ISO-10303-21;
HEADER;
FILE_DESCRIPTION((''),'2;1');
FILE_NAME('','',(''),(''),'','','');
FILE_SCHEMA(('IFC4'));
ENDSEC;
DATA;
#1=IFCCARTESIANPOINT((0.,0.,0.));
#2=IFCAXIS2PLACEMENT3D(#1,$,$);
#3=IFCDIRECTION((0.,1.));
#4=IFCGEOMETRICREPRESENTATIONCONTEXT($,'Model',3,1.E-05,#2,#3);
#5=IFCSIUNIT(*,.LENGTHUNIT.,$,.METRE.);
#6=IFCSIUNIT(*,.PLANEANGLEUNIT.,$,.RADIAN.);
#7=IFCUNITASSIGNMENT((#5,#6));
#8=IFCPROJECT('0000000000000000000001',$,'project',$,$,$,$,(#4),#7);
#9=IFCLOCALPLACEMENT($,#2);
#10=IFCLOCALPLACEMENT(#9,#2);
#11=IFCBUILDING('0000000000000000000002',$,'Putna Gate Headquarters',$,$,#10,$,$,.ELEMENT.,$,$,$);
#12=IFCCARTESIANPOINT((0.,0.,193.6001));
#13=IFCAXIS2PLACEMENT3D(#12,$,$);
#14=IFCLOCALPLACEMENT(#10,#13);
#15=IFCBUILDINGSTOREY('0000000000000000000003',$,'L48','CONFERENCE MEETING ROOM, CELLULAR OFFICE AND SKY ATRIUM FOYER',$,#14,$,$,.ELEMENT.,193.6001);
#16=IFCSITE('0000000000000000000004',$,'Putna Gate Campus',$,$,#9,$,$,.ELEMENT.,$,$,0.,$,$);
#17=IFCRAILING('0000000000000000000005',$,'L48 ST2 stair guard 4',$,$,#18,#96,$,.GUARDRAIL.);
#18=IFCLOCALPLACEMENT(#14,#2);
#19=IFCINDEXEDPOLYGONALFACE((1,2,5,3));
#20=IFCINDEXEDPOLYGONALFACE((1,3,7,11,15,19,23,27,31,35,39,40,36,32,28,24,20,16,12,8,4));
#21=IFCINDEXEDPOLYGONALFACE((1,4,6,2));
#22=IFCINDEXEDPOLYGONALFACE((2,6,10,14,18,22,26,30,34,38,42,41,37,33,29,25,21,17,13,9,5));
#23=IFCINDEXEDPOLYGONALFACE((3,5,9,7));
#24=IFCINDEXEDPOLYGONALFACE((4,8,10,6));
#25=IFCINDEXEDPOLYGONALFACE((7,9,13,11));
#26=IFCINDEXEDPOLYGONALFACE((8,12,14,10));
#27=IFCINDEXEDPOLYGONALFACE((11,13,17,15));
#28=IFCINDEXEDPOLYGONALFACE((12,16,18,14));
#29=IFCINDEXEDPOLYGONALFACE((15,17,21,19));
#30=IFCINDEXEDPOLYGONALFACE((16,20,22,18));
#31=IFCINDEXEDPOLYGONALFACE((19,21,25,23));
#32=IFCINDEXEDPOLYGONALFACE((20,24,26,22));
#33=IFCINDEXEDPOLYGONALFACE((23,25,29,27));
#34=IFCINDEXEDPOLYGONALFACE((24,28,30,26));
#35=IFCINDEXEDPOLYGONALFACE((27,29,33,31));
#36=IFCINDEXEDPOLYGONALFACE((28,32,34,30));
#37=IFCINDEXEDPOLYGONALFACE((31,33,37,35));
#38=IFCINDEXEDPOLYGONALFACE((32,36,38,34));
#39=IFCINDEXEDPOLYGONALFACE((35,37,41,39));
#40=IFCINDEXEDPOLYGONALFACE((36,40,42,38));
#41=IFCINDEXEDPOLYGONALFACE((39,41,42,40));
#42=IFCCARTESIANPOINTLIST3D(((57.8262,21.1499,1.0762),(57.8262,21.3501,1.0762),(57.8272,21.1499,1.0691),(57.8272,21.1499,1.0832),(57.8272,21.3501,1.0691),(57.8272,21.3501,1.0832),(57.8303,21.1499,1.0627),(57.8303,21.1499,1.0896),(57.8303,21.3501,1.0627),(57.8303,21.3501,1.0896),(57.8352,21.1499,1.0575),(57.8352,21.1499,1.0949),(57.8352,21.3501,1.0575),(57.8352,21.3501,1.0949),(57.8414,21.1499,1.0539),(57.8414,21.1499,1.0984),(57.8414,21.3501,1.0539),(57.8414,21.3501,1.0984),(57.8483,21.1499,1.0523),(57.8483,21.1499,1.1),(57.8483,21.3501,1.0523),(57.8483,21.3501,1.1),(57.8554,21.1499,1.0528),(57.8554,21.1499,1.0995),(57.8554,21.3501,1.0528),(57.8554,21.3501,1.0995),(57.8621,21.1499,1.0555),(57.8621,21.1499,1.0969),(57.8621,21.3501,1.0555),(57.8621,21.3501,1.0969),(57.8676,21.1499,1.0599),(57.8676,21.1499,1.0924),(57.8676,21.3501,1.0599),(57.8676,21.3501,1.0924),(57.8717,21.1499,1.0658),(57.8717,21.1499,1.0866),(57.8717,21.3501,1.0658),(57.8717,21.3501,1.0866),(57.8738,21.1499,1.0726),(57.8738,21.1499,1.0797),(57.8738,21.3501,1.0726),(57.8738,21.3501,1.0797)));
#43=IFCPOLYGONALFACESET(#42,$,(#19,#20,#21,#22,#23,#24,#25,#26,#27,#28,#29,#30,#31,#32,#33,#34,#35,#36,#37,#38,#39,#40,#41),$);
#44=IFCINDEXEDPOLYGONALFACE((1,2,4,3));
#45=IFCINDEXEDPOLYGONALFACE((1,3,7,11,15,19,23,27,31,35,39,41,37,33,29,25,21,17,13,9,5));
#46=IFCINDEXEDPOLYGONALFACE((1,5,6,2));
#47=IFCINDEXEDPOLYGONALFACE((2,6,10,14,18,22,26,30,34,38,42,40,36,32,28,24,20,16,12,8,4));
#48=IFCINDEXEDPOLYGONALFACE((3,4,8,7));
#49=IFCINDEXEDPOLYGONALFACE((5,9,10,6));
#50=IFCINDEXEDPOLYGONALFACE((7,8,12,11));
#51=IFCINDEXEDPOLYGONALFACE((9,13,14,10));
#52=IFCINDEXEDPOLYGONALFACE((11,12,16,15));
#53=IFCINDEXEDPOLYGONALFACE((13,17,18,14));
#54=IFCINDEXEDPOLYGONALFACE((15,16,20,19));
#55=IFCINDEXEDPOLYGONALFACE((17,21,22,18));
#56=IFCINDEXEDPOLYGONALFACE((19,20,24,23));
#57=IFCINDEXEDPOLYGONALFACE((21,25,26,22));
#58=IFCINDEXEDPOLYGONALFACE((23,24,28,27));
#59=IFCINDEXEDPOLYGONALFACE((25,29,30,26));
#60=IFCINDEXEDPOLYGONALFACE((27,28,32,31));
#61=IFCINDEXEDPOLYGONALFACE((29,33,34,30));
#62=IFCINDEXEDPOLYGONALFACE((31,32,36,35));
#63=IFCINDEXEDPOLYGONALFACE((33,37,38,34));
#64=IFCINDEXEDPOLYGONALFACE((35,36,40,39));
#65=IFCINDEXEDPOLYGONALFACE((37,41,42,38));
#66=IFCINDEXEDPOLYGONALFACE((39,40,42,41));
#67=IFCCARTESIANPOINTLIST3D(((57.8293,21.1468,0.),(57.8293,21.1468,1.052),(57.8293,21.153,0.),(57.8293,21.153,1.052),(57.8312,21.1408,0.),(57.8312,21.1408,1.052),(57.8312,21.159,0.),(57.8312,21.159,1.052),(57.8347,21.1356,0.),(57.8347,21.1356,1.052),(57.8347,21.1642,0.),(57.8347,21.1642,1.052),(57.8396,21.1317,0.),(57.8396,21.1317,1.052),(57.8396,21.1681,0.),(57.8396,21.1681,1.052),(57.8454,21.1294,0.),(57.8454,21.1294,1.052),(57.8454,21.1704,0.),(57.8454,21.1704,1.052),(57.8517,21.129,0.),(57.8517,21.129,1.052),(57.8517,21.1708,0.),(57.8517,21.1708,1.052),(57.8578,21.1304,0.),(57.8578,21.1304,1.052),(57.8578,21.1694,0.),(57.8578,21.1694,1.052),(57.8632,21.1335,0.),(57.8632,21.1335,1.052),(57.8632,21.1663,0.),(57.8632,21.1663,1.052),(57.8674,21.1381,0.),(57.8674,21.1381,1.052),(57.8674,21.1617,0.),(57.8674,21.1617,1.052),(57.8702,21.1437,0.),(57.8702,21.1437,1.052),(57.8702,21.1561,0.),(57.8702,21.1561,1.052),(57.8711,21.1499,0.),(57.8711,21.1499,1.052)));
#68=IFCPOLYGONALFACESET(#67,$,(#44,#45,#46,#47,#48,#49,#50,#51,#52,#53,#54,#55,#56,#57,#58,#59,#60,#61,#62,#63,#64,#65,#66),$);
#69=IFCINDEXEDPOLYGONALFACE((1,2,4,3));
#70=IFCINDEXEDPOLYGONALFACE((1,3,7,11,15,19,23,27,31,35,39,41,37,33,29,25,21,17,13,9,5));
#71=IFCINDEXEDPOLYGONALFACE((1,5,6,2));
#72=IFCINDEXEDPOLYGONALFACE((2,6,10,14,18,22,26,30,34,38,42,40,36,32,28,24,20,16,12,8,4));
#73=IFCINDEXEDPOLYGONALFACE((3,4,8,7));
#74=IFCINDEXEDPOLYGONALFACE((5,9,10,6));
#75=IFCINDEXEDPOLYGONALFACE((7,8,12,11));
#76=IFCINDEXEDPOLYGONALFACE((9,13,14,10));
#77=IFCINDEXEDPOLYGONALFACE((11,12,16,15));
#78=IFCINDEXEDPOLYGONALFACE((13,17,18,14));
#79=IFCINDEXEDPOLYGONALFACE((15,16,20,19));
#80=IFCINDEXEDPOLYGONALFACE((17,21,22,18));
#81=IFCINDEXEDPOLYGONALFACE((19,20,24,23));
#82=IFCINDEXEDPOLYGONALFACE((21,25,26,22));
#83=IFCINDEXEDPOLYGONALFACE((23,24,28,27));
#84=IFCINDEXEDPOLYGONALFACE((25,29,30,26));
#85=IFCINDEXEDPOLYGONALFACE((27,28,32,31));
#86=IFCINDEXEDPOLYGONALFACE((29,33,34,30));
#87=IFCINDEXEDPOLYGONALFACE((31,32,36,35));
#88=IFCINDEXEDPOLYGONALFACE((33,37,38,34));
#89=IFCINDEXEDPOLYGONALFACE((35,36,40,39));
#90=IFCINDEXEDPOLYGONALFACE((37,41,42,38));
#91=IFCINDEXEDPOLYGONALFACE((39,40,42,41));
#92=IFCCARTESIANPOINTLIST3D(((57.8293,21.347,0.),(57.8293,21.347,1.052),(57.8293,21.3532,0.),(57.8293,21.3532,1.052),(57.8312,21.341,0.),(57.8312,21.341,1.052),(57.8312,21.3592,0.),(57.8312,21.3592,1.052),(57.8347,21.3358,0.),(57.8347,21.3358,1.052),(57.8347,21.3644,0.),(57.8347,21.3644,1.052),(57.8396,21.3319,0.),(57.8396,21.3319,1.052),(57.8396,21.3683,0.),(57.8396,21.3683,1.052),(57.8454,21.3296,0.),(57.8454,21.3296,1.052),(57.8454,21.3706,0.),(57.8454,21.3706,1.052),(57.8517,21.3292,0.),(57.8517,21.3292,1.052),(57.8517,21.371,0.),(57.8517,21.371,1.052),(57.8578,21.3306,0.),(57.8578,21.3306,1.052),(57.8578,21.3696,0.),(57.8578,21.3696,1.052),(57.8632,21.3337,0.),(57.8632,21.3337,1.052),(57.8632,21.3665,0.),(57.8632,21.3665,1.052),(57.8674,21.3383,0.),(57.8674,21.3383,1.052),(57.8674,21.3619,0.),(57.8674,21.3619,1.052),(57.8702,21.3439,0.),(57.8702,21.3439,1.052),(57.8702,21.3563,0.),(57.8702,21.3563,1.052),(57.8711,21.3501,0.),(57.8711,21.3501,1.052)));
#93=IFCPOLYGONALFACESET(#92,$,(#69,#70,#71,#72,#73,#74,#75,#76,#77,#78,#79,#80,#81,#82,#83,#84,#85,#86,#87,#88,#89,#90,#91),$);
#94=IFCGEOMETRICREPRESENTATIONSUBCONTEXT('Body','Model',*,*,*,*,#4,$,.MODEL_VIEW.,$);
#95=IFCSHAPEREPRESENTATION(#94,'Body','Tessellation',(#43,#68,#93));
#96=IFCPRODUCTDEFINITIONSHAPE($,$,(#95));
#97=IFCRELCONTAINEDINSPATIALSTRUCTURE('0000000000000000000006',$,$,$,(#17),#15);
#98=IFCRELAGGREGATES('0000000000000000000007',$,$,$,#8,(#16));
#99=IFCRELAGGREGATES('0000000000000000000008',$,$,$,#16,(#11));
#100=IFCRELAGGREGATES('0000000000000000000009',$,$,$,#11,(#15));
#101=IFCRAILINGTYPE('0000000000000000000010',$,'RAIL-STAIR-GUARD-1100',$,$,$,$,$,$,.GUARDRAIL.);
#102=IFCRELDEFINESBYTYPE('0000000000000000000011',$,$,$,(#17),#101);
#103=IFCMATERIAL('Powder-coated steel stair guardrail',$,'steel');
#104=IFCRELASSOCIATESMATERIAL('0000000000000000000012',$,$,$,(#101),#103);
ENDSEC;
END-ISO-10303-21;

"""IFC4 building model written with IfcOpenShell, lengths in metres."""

from ifc_helpers import new_model, si_unit, direction, frame, origin, origin_2d, place, context, subcontext, project, spatial, circle, extrude, material, type_object, element, save


model = new_model("IFC4")

# Units and contexts
model_context = context("Model", 3, precision=1e-05, world=origin(), true_north=direction((0.0, 1.0)))
body_context = subcontext(model_context, "Body", "Model", "MODEL_VIEW")
ifc_project = project(units=[si_unit("LENGTHUNIT", "METRE"), si_unit("PLANEANGLEUNIT", "RADIAN")], contexts=[model_context])

# Site, building, storey
site_placement = place(None, origin())
site = spatial("IfcSite", under=ifc_project, at=site_placement, Name="Putna Gate Campus", CompositionType="ELEMENT", RefElevation=0.0)
building_placement = place(site_placement, origin())
building = spatial("IfcBuilding", under=site, at=building_placement, Name="Putna Gate Headquarters", CompositionType="ELEMENT")
storey_placement = place(building_placement, frame((0.0, 0.0, 193.6001)))
storey = spatial("IfcBuildingStorey", under=building, at=storey_placement, Name="L48", Description="CONFERENCE MEETING ROOM, CELLULAR OFFICE AND SKY ATRIUM FOYER", CompositionType="ELEMENT", Elevation=193.6001)

# Railing
ifc_material_1 = material(Name="Powder-coated steel stair guardrail", Category="steel")
railing_type_1 = type_object("IfcRailingType", Name="RAIL-STAIR-GUARD-1100", PredefinedType="GUARDRAIL", material=ifc_material_1)
railing_1_placement = place(storey_placement, frame((57.8501, 21.1499, 0.0)))
element("IfcRailing", 1, at=railing_1_placement, inside=storey, type_object=railing_type_1, Name="L48 ST2 stair guard 4", PredefinedType="GUARDRAIL", context=body_context, shape_type="SweptSolid", body=[
    extrude(circle(Radius=0.0239, at=origin_2d()), frame((0.0, 0.0, 1.0762), z_axis=(0.0, 1.0, 0.0), x_axis=(-1.0, 0.0, 0.0)), (0.0, 0.0, 1.0), 0.2002),
    extrude(circle(Radius=0.021, at=origin_2d()), origin(), (0.0, 0.0, 1.0), 1.052),
    extrude(circle(Radius=0.021, at=origin_2d()), frame((0.0, 0.2002, 0.0)), (0.0, 0.0, 1.0), 1.052),
])

save(model, "model.ifc")
